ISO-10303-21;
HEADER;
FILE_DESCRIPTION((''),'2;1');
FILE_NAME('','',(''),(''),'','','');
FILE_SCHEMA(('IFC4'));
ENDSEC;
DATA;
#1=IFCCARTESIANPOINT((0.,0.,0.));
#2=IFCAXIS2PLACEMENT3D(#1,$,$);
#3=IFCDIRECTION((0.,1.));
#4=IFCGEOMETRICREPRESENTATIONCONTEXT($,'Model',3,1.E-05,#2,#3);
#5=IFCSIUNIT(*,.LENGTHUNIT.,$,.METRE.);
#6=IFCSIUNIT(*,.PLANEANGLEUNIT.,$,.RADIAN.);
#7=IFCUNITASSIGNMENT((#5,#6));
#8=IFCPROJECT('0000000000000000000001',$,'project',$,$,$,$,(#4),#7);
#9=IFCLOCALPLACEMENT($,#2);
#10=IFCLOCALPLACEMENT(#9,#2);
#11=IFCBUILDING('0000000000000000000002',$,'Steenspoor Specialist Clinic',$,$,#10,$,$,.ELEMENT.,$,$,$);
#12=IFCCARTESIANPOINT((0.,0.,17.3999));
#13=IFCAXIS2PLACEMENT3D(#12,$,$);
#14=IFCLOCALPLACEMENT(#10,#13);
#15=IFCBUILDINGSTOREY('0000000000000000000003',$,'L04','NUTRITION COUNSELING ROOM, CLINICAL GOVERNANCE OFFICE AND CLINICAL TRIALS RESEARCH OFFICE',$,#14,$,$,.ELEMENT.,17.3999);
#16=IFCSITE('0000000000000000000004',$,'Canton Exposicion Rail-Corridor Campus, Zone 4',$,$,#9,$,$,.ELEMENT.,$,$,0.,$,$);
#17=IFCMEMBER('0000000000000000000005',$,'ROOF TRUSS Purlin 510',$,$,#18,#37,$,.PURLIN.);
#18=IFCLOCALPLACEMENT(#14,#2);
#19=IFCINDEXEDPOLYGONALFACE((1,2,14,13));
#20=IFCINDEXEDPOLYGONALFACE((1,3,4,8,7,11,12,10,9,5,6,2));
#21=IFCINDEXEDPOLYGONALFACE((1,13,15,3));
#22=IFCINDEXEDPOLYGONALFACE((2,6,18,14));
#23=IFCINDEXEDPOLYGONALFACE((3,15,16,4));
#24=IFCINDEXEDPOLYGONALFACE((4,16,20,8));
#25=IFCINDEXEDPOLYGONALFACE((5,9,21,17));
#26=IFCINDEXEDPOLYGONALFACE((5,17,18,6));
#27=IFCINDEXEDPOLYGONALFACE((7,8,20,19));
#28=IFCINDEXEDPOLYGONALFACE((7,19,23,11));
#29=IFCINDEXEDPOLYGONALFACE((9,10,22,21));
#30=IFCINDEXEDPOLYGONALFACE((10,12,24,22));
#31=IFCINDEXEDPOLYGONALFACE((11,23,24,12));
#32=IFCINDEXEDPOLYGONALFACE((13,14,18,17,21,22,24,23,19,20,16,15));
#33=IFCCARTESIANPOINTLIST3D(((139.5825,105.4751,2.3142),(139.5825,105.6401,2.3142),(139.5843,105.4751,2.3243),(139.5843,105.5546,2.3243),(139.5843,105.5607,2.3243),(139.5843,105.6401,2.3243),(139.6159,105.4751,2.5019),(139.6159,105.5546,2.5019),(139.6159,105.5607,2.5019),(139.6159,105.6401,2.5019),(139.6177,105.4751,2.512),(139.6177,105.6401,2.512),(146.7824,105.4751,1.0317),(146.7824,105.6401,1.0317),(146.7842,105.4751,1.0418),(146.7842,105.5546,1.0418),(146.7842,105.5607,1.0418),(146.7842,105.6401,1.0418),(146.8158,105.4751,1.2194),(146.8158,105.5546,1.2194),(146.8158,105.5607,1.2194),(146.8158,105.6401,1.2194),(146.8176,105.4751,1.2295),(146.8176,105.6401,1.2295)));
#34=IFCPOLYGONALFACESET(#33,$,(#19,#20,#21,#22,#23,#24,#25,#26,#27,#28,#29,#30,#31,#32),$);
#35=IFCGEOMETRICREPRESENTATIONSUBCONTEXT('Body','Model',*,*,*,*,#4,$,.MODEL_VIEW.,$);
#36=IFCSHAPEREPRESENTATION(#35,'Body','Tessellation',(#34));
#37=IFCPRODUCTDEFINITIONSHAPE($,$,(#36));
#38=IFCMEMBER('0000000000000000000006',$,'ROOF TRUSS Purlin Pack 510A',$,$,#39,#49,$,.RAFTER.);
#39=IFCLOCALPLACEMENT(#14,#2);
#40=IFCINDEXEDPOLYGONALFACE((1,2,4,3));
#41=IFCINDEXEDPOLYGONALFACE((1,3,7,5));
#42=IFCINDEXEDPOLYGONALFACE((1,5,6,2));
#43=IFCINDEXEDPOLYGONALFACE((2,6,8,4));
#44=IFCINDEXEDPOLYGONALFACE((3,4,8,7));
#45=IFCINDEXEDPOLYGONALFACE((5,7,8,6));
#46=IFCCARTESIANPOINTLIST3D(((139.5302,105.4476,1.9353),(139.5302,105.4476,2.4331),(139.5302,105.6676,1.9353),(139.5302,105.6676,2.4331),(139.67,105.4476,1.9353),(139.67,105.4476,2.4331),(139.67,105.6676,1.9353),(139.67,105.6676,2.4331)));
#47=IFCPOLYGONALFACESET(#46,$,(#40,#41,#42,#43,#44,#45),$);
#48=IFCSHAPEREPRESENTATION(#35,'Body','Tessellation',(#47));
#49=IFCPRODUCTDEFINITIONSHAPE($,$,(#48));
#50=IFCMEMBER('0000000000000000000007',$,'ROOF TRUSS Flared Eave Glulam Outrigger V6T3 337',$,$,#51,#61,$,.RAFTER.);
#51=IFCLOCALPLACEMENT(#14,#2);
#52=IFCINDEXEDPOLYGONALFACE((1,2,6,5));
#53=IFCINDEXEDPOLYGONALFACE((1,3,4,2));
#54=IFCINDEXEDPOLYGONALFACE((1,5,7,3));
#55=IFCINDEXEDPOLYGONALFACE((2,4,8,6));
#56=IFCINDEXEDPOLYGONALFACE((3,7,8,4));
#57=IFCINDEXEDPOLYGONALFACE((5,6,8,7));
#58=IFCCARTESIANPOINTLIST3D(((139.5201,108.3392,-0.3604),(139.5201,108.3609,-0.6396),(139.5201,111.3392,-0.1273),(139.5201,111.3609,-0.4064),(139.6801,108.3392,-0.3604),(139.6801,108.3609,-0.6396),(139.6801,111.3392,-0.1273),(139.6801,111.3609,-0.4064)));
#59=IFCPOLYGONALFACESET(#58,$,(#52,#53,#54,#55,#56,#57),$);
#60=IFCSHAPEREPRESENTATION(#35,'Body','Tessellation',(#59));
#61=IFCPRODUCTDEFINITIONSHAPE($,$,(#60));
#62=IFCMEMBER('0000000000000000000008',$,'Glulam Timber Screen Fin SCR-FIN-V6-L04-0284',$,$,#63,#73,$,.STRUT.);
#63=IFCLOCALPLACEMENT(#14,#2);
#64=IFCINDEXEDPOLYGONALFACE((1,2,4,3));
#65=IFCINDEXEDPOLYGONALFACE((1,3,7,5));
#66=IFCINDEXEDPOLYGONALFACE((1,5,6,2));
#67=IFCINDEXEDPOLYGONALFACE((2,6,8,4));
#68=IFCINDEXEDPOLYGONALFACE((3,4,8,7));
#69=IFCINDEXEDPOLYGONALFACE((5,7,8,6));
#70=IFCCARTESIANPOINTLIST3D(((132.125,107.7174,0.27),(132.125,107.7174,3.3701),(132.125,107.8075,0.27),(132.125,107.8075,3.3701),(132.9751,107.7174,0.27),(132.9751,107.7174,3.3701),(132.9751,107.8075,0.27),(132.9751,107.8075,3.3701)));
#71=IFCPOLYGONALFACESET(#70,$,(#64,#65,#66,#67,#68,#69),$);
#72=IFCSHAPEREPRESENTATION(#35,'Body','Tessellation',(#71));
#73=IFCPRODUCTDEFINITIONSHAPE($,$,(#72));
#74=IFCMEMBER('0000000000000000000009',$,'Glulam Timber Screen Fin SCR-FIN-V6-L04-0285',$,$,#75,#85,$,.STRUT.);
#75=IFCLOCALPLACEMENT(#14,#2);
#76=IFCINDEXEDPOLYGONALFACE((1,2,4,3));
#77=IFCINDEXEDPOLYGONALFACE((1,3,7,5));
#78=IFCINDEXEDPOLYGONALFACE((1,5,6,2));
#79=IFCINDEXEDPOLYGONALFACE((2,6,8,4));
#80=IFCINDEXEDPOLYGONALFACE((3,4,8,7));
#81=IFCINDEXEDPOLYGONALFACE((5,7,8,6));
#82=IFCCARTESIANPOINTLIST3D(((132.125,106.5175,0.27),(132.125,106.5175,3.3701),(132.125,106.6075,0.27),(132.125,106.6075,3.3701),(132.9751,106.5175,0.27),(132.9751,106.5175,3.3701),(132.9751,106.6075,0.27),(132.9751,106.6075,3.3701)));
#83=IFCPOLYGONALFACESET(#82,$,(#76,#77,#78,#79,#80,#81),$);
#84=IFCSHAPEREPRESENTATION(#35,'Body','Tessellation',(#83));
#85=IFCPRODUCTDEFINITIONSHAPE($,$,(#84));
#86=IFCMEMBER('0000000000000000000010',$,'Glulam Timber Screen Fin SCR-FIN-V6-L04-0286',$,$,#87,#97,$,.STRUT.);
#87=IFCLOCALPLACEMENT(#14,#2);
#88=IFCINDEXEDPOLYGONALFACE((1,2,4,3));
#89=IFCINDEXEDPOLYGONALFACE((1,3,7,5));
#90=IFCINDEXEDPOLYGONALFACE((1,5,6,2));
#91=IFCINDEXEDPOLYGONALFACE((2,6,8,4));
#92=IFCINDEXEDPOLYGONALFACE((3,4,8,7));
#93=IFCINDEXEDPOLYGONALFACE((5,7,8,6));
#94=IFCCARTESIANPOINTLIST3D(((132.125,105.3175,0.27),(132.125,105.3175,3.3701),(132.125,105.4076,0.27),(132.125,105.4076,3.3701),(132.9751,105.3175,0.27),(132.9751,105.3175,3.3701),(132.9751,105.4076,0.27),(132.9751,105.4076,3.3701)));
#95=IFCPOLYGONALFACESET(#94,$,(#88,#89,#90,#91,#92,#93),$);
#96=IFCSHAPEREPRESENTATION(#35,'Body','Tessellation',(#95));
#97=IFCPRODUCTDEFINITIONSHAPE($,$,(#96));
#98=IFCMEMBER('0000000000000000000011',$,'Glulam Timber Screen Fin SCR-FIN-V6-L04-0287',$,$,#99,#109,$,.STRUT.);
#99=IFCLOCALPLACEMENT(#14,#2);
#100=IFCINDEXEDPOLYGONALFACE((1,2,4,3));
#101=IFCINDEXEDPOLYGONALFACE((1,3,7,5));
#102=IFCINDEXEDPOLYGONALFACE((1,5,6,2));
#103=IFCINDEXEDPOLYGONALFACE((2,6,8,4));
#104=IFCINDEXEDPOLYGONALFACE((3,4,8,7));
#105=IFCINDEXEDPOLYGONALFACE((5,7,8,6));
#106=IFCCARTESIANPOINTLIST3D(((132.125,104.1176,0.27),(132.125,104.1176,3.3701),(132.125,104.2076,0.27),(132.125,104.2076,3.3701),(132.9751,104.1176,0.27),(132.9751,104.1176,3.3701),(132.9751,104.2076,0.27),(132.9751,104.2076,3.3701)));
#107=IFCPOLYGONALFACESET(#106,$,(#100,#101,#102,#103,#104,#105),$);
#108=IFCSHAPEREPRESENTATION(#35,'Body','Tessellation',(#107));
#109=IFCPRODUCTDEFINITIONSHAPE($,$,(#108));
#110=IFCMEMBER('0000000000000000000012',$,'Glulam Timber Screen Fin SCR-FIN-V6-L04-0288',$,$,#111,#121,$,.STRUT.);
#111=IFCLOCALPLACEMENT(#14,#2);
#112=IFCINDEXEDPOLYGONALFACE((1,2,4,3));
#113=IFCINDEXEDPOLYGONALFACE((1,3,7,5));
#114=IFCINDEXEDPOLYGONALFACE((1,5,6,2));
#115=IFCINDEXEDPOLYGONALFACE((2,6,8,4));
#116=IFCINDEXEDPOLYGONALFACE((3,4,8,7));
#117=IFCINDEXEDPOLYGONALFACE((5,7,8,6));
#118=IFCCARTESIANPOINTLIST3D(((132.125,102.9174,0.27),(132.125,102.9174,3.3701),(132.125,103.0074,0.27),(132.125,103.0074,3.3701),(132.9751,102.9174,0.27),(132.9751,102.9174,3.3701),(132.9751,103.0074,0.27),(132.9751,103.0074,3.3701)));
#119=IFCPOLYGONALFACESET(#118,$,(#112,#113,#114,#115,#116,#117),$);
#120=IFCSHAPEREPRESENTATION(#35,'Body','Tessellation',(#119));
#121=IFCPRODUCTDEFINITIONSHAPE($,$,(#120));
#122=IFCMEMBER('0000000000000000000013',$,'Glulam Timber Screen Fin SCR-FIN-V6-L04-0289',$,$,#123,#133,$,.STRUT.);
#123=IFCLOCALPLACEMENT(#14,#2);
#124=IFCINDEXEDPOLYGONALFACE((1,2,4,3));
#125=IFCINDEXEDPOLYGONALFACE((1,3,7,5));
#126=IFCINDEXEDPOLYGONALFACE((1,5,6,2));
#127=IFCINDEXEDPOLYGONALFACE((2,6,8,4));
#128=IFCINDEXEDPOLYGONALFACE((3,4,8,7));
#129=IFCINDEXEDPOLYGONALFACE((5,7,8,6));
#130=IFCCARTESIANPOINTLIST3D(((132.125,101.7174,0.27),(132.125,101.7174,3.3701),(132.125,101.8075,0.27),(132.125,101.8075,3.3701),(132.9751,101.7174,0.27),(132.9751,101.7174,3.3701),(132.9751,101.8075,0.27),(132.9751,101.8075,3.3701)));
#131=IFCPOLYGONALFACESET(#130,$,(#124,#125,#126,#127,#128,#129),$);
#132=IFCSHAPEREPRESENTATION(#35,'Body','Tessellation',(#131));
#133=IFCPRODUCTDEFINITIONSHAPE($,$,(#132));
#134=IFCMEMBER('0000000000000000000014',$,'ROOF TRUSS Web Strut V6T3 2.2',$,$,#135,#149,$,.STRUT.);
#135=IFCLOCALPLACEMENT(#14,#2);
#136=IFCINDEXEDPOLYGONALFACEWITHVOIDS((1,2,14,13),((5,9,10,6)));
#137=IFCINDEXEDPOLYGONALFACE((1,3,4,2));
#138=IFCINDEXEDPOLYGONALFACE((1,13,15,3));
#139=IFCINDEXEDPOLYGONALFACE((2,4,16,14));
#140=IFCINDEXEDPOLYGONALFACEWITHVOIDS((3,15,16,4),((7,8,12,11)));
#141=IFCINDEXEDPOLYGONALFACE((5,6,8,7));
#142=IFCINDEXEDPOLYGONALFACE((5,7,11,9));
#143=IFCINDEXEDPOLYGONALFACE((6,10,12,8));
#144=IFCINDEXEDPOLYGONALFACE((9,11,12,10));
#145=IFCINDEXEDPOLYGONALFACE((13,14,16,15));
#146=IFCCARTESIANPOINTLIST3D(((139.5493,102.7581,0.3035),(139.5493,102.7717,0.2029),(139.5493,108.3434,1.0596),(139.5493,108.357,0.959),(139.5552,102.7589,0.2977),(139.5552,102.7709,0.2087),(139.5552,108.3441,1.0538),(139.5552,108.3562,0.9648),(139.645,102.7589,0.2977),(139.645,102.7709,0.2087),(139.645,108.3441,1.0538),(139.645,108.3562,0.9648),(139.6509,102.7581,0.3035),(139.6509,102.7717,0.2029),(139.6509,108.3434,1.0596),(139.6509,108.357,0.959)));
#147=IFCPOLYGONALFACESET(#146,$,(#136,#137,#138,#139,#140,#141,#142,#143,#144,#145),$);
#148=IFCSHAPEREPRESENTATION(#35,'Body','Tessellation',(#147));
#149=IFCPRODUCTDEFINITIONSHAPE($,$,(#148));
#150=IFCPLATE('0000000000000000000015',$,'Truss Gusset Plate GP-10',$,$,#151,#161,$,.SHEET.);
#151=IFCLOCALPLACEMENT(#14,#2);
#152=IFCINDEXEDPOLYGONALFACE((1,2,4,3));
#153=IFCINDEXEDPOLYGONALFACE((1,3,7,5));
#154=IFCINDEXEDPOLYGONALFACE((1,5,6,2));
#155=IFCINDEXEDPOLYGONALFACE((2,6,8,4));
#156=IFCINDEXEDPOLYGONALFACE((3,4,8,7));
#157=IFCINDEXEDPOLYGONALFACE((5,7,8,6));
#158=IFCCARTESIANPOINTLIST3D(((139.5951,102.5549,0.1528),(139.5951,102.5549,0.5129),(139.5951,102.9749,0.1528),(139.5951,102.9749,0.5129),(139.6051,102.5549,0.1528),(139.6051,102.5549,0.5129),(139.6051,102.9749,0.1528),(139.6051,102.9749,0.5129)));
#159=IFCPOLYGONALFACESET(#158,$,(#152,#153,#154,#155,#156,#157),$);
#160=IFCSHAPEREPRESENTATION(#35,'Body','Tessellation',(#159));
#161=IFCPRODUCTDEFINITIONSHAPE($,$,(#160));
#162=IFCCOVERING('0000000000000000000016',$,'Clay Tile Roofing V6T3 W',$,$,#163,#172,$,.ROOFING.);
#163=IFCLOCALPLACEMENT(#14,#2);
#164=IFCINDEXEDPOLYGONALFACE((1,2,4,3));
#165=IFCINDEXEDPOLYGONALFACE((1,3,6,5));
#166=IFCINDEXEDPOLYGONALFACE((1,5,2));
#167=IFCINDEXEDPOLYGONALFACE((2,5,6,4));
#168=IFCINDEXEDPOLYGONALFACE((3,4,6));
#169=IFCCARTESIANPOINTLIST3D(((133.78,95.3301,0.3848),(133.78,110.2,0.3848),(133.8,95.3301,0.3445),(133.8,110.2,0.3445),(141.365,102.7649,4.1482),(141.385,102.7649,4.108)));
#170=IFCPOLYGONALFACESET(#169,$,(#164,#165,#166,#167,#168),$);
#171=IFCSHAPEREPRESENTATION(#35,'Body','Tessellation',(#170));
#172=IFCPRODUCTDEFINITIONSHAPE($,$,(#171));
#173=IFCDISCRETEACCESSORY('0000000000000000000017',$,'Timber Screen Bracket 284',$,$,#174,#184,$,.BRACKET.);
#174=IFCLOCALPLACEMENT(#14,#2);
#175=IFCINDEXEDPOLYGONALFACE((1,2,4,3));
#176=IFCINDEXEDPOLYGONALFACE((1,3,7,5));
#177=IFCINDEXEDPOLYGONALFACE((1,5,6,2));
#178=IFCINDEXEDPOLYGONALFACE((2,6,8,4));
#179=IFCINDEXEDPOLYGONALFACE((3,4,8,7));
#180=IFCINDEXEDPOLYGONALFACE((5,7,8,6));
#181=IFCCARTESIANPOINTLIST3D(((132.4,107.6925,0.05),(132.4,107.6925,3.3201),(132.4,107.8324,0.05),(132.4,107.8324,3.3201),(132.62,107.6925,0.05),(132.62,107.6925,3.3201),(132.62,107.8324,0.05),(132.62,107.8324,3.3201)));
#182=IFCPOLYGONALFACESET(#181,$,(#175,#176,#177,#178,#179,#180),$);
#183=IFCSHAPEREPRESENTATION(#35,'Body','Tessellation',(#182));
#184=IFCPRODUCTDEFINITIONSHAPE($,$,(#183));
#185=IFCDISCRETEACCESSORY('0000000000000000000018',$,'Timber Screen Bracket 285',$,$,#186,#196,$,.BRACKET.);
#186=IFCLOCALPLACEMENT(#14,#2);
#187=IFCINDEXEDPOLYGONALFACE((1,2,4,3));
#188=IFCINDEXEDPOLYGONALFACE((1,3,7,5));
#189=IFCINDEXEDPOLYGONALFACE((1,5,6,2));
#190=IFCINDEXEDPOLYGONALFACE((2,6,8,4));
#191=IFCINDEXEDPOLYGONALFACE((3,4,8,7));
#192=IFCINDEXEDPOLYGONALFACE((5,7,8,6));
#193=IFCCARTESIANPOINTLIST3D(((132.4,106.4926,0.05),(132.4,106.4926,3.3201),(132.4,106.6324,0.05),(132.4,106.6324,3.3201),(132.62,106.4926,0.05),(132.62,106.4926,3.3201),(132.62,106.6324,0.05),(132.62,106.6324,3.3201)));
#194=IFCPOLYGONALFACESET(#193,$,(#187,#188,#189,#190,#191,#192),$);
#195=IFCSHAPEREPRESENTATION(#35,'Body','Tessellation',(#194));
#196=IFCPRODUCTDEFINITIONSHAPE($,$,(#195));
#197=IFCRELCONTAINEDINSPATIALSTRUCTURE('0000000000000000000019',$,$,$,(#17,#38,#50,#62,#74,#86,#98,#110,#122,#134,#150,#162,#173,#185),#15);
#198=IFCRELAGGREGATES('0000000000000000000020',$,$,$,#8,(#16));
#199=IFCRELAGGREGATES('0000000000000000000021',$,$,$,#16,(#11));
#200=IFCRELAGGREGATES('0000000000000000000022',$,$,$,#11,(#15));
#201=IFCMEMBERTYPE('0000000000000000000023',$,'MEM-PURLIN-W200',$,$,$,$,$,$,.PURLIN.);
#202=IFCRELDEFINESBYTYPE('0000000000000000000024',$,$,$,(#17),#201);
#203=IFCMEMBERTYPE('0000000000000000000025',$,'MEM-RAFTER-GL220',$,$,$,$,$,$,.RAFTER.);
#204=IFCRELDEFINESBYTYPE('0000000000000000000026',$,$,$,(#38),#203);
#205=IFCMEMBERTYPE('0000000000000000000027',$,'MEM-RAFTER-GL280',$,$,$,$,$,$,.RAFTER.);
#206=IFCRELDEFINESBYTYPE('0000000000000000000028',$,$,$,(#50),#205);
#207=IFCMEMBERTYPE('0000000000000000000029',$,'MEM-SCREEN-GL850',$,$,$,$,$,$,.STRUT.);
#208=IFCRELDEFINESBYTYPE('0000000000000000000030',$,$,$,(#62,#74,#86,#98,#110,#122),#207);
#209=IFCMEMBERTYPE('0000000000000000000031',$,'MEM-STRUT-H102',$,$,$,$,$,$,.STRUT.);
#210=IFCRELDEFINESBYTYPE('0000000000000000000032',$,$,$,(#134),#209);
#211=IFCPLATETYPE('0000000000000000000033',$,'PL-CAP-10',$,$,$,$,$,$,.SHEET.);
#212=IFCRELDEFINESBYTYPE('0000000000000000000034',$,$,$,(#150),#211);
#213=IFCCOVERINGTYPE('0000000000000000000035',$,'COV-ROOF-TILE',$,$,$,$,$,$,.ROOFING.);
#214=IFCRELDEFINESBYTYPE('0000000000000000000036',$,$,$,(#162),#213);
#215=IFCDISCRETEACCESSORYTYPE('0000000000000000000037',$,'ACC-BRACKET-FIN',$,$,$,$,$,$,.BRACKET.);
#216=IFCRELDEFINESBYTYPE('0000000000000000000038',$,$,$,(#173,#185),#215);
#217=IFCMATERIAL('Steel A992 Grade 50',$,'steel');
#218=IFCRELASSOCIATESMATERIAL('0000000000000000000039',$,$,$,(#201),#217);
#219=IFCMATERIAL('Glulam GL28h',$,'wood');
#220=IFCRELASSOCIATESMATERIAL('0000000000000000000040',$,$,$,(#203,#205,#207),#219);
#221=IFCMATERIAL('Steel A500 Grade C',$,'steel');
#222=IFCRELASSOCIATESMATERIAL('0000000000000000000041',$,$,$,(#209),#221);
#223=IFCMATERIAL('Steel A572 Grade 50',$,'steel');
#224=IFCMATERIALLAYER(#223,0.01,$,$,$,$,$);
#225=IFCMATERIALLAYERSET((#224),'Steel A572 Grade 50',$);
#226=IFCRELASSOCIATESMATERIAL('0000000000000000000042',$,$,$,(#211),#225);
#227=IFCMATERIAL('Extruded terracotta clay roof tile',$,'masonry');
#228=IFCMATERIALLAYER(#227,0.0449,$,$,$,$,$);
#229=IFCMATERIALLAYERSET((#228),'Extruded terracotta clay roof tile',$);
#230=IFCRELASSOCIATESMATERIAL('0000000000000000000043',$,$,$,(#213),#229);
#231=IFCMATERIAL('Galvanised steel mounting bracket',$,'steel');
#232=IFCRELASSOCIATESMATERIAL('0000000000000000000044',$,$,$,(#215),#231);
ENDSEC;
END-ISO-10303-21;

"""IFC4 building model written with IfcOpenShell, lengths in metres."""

from ifc_helpers import new_model, si_unit, direction, frame, origin, origin_2d, place, context, subcontext, project, spatial, polyline, rectangle, hollow_rectangle, i_section, outline, extrude, material, layer, layer_set, material_profile, profile_set, type_object, element, save


model = new_model("IFC4")

# Units and contexts
model_context = context("Model", 3, precision=1e-05, world=origin(), true_north=direction((0.0, 1.0)))
body_context = subcontext(model_context, "Body", "Model", "MODEL_VIEW")
ifc_project = project(units=[si_unit("LENGTHUNIT", "METRE"), si_unit("PLANEANGLEUNIT", "RADIAN")], contexts=[model_context])

# Site, building, storey
site_placement = place(None, origin())
site = spatial("IfcSite", under=ifc_project, at=site_placement, Name="Canton Exposicion Rail-Corridor Campus, Zone 4", CompositionType="ELEMENT", RefElevation=0.0)
building_placement = place(site_placement, origin())
building = spatial("IfcBuilding", under=site, at=building_placement, Name="Steenspoor Specialist Clinic", CompositionType="ELEMENT")
storey_placement = place(building_placement, frame((0.0, 0.0, 17.3999)))
storey = spatial("IfcBuildingStorey", under=building, at=storey_placement, Name="L04", Description="NUTRITION COUNSELING ROOM, CLINICAL GOVERNANCE OFFICE AND CLINICAL TRIALS RESEARCH OFFICE", CompositionType="ELEMENT", Elevation=17.3999)

# Shared definitions
ifc_material_1 = material(Name="Glulam GL28h", Category="wood")
ifc_material_2 = material(Name="Steel A992 Grade 50", Category="steel")

# Members
ifc_material_3 = material(Name="Steel A500 Grade C", Category="steel")
ifc_material_profile_1 = material_profile(ifc_material_2, i_section(OverallWidth=0.165, OverallDepth=0.2009, WebThickness=0.0061, FlangeThickness=0.0103, at=origin_2d()), Name="W200X36")
ifc_profile_set_1 = profile_set([ifc_material_profile_1], Name="Steel A992 Grade 50")
member_type_1 = type_object("IfcMemberType", Name="MEM-PURLIN-W200", PredefinedType="PURLIN", material=ifc_profile_set_1)
member_1_placement = place(storey_placement, frame((139.6001, 105.5576, 2.4131), z_axis=(0.984504, 0.0, -0.175362), x_axis=(0.0, 1.0, 0.0)))
element("IfcMember", 1, at=member_1_placement, inside=storey, type_object=member_type_1, Name="ROOF TRUSS Purlin 510", PredefinedType="PURLIN", context=body_context, shape_type="SweptSolid", body=[
    extrude(i_section(OverallWidth=0.165, OverallDepth=0.2009, WebThickness=0.0061, FlangeThickness=0.0103, at=origin_2d()), origin(), (0.0, 0.0, 1.0), 7.3132),
])
ifc_material_profile_2 = material_profile(ifc_material_1, rectangle(XDim=0.1399, YDim=0.22, at=origin_2d()), Name="GL28H-140X220")
ifc_profile_set_2 = profile_set([ifc_material_profile_2], Name="Glulam GL28h")
member_type_2 = type_object("IfcMemberType", Name="MEM-RAFTER-GL220", PredefinedType="RAFTER", material=ifc_profile_set_2)
member_2_placement = place(storey_placement, frame((139.6001, 105.5576, 1.9353), z_axis=(0.0, 0.0, 1.0), x_axis=(1.0, 0.0, 0.0)))
element("IfcMember", 2, at=member_2_placement, inside=storey, type_object=member_type_2, Name="ROOF TRUSS Purlin Pack 510A", PredefinedType="RAFTER", context=body_context, shape_type="SweptSolid", body=[
    extrude(rectangle(XDim=0.1399, YDim=0.22, at=origin_2d()), origin(), (0.0, 0.0, 1.0), 0.4978),
])
ifc_material_profile_3 = material_profile(ifc_material_1, rectangle(XDim=0.1599, YDim=0.28, at=origin_2d()), Name="GL28H-160X280")
ifc_profile_set_3 = profile_set([ifc_material_profile_3], Name="Glulam GL28h")
member_type_3 = type_object("IfcMemberType", Name="MEM-RAFTER-GL280", PredefinedType="RAFTER", material=ifc_profile_set_3)
member_3_placement = place(storey_placement, frame((139.6001, 108.3501, -0.5), z_axis=(0.0, 0.996994, 0.077484), x_axis=(-1.0, 0.0, 0.0)))
element("IfcMember", 3, at=member_3_placement, inside=storey, type_object=member_type_3, Name="ROOF TRUSS Flared Eave Glulam Outrigger V6T3 337", PredefinedType="RAFTER", context=body_context, shape_type="SweptSolid", body=[
    extrude(rectangle(XDim=0.1599, YDim=0.28, at=origin_2d()), origin(), (0.0, 0.0, 1.0), 3.009),
])
ifc_material_profile_4 = material_profile(ifc_material_1, rectangle(XDim=0.0901, YDim=0.8501, at=origin_2d()), Name="GL28H-90X850")
ifc_profile_set_4 = profile_set([ifc_material_profile_4], Name="Glulam GL28h")
member_type_4 = type_object("IfcMemberType", Name="MEM-SCREEN-GL850", PredefinedType="STRUT", material=ifc_profile_set_4)
for number, where, z_axis, x_axis, name in (
    (4, (132.55, 107.7625, 0.27), (0.0, 0.0, 1.0), (0.0, -1.0, 0.0), "Glulam Timber Screen Fin SCR-FIN-V6-L04-0284"),
    (5, (132.55, 106.5625, 0.27), (0.0, 0.0, 1.0), (0.0, -1.0, 0.0), "Glulam Timber Screen Fin SCR-FIN-V6-L04-0285"),
    (6, (132.55, 105.3625, 0.27), (0.0, 0.0, 1.0), (0.0, -1.0, 0.0), "Glulam Timber Screen Fin SCR-FIN-V6-L04-0286"),
    (7, (132.55, 104.1626, 0.27), (0.0, 0.0, 1.0), (0.0, -1.0, 0.0), "Glulam Timber Screen Fin SCR-FIN-V6-L04-0287"),
    (8, (132.55, 102.9624, 0.27), (0.0, 0.0, 1.0), (0.0, -1.0, 0.0), "Glulam Timber Screen Fin SCR-FIN-V6-L04-0288"),
    (9, (132.55, 101.7625, 0.27), (0.0, 0.0, 1.0), (0.0, -1.0, 0.0), "Glulam Timber Screen Fin SCR-FIN-V6-L04-0289"),
):
    element("IfcMember", number, at=place(storey_placement, frame(where, z_axis=z_axis, x_axis=x_axis)), inside=storey, type_object=member_type_4, Name=name, PredefinedType="STRUT", context=body_context, shape_type="SweptSolid", body=[
        extrude(rectangle(XDim=0.0901, YDim=0.8501, at=origin_2d()), origin(), (0.0, 0.0, 1.0), 3.1001),
    ])
ifc_material_profile_5 = material_profile(ifc_material_3, hollow_rectangle(XDim=0.1016, YDim=0.1016, WallThickness=0.0059, at=origin_2d()), Name="HSS102X102X6.4")
ifc_profile_set_5 = profile_set([ifc_material_profile_5], Name="Steel A500 Grade C")
member_type_5 = type_object("IfcMemberType", Name="MEM-STRUT-H102", PredefinedType="STRUT", material=ifc_profile_set_5)
member_4_placement = place(storey_placement, frame((139.6001, 102.7649, 0.2532), z_axis=(0.0, 0.990961, 0.134152), x_axis=(-1.0, 0.0, 0.0)))
element("IfcMember", 10, at=member_4_placement, inside=storey, type_object=member_type_5, Name="ROOF TRUSS Web Strut V6T3 2.2", PredefinedType="STRUT", context=body_context, shape_type="SweptSolid", body=[
    extrude(hollow_rectangle(XDim=0.1016, YDim=0.1016, WallThickness=0.0059, at=origin_2d()), origin(), (0.0, 0.0, 1.0), 5.6362),
])

# Plate
ifc_material_4 = material(Name="Steel A572 Grade 50", Category="steel")
ifc_layer_1 = layer(ifc_material_4, 0.01)
ifc_layer_set_1 = layer_set([ifc_layer_1], Name="Steel A572 Grade 50")
plate_type = type_object("IfcPlateType", Name="PL-CAP-10", PredefinedType="SHEET", material=ifc_layer_set_1)
plate_placement = place(storey_placement, frame((139.6001, 102.7649, 0.1528), z_axis=(0.0, 0.0, 1.0), x_axis=(1.0, 0.0, 0.0)))
element("IfcPlate", 11, at=plate_placement, inside=storey, type_object=plate_type, Name="Truss Gusset Plate GP-10", PredefinedType="SHEET", context=body_context, shape_type="SweptSolid", body=[
    extrude(rectangle(XDim=0.01, YDim=0.4199, at=origin_2d()), origin(), (0.0, 0.0, 1.0), 0.3601),
])

# Shared definitions
ifc_material_5 = material(Name="Extruded terracotta clay roof tile", Category="masonry")

# Covering
ifc_layer_2 = layer(ifc_material_5, 0.0449)
ifc_layer_set_2 = layer_set([ifc_layer_2], Name="Extruded terracotta clay roof tile")
covering_type = type_object("IfcCoveringType", Name="COV-ROOF-TILE", PredefinedType="ROOFING", material=ifc_layer_set_2)
covering_placement = place(storey_placement, frame((133.78, 110.2, 0.3848), z_axis=(-0.444467, 0.0, 0.895795), x_axis=(0.0, -1.0, 0.0)))
element("IfcCovering", 12, at=covering_placement, inside=storey, type_object=covering_type, Name="Clay Tile Roofing V6T3 W", PredefinedType="ROOFING", context=body_context, shape_type="SweptSolid", body=[
    extrude(outline(polyline([(0.0, 0.0), (14.8699, 0.0), (7.4351, 8.4673), (0.0, 0.0)])), origin(), (0.0, 0.0, -1.0), 0.0449),
])

# Discrete accessories
ifc_material_6 = material(Name="Galvanised steel mounting bracket", Category="steel")
discrete_accessory_type = type_object("IfcDiscreteAccessoryType", Name="ACC-BRACKET-FIN", PredefinedType="BRACKET", material=ifc_material_6)
for number, where, z_axis, x_axis, name in (
    (13, (132.51, 107.7625, 0.05), (0.0, 0.0, 1.0), (1.0, 0.0, 0.0), "Timber Screen Bracket 284"),
    (14, (132.51, 106.5625, 0.05), (0.0, 0.0, 1.0), (1.0, 0.0, 0.0), "Timber Screen Bracket 285"),
):
    element("IfcDiscreteAccessory", number, at=place(storey_placement, frame(where, z_axis=z_axis, x_axis=x_axis)), inside=storey, type_object=discrete_accessory_type, Name=name, PredefinedType="BRACKET", context=body_context, shape_type="SweptSolid", body=[
        extrude(rectangle(XDim=0.22, YDim=0.1399, at=origin_2d()), origin(), (0.0, 0.0, 1.0), 3.27),
    ])

save(model, "model.ifc")
